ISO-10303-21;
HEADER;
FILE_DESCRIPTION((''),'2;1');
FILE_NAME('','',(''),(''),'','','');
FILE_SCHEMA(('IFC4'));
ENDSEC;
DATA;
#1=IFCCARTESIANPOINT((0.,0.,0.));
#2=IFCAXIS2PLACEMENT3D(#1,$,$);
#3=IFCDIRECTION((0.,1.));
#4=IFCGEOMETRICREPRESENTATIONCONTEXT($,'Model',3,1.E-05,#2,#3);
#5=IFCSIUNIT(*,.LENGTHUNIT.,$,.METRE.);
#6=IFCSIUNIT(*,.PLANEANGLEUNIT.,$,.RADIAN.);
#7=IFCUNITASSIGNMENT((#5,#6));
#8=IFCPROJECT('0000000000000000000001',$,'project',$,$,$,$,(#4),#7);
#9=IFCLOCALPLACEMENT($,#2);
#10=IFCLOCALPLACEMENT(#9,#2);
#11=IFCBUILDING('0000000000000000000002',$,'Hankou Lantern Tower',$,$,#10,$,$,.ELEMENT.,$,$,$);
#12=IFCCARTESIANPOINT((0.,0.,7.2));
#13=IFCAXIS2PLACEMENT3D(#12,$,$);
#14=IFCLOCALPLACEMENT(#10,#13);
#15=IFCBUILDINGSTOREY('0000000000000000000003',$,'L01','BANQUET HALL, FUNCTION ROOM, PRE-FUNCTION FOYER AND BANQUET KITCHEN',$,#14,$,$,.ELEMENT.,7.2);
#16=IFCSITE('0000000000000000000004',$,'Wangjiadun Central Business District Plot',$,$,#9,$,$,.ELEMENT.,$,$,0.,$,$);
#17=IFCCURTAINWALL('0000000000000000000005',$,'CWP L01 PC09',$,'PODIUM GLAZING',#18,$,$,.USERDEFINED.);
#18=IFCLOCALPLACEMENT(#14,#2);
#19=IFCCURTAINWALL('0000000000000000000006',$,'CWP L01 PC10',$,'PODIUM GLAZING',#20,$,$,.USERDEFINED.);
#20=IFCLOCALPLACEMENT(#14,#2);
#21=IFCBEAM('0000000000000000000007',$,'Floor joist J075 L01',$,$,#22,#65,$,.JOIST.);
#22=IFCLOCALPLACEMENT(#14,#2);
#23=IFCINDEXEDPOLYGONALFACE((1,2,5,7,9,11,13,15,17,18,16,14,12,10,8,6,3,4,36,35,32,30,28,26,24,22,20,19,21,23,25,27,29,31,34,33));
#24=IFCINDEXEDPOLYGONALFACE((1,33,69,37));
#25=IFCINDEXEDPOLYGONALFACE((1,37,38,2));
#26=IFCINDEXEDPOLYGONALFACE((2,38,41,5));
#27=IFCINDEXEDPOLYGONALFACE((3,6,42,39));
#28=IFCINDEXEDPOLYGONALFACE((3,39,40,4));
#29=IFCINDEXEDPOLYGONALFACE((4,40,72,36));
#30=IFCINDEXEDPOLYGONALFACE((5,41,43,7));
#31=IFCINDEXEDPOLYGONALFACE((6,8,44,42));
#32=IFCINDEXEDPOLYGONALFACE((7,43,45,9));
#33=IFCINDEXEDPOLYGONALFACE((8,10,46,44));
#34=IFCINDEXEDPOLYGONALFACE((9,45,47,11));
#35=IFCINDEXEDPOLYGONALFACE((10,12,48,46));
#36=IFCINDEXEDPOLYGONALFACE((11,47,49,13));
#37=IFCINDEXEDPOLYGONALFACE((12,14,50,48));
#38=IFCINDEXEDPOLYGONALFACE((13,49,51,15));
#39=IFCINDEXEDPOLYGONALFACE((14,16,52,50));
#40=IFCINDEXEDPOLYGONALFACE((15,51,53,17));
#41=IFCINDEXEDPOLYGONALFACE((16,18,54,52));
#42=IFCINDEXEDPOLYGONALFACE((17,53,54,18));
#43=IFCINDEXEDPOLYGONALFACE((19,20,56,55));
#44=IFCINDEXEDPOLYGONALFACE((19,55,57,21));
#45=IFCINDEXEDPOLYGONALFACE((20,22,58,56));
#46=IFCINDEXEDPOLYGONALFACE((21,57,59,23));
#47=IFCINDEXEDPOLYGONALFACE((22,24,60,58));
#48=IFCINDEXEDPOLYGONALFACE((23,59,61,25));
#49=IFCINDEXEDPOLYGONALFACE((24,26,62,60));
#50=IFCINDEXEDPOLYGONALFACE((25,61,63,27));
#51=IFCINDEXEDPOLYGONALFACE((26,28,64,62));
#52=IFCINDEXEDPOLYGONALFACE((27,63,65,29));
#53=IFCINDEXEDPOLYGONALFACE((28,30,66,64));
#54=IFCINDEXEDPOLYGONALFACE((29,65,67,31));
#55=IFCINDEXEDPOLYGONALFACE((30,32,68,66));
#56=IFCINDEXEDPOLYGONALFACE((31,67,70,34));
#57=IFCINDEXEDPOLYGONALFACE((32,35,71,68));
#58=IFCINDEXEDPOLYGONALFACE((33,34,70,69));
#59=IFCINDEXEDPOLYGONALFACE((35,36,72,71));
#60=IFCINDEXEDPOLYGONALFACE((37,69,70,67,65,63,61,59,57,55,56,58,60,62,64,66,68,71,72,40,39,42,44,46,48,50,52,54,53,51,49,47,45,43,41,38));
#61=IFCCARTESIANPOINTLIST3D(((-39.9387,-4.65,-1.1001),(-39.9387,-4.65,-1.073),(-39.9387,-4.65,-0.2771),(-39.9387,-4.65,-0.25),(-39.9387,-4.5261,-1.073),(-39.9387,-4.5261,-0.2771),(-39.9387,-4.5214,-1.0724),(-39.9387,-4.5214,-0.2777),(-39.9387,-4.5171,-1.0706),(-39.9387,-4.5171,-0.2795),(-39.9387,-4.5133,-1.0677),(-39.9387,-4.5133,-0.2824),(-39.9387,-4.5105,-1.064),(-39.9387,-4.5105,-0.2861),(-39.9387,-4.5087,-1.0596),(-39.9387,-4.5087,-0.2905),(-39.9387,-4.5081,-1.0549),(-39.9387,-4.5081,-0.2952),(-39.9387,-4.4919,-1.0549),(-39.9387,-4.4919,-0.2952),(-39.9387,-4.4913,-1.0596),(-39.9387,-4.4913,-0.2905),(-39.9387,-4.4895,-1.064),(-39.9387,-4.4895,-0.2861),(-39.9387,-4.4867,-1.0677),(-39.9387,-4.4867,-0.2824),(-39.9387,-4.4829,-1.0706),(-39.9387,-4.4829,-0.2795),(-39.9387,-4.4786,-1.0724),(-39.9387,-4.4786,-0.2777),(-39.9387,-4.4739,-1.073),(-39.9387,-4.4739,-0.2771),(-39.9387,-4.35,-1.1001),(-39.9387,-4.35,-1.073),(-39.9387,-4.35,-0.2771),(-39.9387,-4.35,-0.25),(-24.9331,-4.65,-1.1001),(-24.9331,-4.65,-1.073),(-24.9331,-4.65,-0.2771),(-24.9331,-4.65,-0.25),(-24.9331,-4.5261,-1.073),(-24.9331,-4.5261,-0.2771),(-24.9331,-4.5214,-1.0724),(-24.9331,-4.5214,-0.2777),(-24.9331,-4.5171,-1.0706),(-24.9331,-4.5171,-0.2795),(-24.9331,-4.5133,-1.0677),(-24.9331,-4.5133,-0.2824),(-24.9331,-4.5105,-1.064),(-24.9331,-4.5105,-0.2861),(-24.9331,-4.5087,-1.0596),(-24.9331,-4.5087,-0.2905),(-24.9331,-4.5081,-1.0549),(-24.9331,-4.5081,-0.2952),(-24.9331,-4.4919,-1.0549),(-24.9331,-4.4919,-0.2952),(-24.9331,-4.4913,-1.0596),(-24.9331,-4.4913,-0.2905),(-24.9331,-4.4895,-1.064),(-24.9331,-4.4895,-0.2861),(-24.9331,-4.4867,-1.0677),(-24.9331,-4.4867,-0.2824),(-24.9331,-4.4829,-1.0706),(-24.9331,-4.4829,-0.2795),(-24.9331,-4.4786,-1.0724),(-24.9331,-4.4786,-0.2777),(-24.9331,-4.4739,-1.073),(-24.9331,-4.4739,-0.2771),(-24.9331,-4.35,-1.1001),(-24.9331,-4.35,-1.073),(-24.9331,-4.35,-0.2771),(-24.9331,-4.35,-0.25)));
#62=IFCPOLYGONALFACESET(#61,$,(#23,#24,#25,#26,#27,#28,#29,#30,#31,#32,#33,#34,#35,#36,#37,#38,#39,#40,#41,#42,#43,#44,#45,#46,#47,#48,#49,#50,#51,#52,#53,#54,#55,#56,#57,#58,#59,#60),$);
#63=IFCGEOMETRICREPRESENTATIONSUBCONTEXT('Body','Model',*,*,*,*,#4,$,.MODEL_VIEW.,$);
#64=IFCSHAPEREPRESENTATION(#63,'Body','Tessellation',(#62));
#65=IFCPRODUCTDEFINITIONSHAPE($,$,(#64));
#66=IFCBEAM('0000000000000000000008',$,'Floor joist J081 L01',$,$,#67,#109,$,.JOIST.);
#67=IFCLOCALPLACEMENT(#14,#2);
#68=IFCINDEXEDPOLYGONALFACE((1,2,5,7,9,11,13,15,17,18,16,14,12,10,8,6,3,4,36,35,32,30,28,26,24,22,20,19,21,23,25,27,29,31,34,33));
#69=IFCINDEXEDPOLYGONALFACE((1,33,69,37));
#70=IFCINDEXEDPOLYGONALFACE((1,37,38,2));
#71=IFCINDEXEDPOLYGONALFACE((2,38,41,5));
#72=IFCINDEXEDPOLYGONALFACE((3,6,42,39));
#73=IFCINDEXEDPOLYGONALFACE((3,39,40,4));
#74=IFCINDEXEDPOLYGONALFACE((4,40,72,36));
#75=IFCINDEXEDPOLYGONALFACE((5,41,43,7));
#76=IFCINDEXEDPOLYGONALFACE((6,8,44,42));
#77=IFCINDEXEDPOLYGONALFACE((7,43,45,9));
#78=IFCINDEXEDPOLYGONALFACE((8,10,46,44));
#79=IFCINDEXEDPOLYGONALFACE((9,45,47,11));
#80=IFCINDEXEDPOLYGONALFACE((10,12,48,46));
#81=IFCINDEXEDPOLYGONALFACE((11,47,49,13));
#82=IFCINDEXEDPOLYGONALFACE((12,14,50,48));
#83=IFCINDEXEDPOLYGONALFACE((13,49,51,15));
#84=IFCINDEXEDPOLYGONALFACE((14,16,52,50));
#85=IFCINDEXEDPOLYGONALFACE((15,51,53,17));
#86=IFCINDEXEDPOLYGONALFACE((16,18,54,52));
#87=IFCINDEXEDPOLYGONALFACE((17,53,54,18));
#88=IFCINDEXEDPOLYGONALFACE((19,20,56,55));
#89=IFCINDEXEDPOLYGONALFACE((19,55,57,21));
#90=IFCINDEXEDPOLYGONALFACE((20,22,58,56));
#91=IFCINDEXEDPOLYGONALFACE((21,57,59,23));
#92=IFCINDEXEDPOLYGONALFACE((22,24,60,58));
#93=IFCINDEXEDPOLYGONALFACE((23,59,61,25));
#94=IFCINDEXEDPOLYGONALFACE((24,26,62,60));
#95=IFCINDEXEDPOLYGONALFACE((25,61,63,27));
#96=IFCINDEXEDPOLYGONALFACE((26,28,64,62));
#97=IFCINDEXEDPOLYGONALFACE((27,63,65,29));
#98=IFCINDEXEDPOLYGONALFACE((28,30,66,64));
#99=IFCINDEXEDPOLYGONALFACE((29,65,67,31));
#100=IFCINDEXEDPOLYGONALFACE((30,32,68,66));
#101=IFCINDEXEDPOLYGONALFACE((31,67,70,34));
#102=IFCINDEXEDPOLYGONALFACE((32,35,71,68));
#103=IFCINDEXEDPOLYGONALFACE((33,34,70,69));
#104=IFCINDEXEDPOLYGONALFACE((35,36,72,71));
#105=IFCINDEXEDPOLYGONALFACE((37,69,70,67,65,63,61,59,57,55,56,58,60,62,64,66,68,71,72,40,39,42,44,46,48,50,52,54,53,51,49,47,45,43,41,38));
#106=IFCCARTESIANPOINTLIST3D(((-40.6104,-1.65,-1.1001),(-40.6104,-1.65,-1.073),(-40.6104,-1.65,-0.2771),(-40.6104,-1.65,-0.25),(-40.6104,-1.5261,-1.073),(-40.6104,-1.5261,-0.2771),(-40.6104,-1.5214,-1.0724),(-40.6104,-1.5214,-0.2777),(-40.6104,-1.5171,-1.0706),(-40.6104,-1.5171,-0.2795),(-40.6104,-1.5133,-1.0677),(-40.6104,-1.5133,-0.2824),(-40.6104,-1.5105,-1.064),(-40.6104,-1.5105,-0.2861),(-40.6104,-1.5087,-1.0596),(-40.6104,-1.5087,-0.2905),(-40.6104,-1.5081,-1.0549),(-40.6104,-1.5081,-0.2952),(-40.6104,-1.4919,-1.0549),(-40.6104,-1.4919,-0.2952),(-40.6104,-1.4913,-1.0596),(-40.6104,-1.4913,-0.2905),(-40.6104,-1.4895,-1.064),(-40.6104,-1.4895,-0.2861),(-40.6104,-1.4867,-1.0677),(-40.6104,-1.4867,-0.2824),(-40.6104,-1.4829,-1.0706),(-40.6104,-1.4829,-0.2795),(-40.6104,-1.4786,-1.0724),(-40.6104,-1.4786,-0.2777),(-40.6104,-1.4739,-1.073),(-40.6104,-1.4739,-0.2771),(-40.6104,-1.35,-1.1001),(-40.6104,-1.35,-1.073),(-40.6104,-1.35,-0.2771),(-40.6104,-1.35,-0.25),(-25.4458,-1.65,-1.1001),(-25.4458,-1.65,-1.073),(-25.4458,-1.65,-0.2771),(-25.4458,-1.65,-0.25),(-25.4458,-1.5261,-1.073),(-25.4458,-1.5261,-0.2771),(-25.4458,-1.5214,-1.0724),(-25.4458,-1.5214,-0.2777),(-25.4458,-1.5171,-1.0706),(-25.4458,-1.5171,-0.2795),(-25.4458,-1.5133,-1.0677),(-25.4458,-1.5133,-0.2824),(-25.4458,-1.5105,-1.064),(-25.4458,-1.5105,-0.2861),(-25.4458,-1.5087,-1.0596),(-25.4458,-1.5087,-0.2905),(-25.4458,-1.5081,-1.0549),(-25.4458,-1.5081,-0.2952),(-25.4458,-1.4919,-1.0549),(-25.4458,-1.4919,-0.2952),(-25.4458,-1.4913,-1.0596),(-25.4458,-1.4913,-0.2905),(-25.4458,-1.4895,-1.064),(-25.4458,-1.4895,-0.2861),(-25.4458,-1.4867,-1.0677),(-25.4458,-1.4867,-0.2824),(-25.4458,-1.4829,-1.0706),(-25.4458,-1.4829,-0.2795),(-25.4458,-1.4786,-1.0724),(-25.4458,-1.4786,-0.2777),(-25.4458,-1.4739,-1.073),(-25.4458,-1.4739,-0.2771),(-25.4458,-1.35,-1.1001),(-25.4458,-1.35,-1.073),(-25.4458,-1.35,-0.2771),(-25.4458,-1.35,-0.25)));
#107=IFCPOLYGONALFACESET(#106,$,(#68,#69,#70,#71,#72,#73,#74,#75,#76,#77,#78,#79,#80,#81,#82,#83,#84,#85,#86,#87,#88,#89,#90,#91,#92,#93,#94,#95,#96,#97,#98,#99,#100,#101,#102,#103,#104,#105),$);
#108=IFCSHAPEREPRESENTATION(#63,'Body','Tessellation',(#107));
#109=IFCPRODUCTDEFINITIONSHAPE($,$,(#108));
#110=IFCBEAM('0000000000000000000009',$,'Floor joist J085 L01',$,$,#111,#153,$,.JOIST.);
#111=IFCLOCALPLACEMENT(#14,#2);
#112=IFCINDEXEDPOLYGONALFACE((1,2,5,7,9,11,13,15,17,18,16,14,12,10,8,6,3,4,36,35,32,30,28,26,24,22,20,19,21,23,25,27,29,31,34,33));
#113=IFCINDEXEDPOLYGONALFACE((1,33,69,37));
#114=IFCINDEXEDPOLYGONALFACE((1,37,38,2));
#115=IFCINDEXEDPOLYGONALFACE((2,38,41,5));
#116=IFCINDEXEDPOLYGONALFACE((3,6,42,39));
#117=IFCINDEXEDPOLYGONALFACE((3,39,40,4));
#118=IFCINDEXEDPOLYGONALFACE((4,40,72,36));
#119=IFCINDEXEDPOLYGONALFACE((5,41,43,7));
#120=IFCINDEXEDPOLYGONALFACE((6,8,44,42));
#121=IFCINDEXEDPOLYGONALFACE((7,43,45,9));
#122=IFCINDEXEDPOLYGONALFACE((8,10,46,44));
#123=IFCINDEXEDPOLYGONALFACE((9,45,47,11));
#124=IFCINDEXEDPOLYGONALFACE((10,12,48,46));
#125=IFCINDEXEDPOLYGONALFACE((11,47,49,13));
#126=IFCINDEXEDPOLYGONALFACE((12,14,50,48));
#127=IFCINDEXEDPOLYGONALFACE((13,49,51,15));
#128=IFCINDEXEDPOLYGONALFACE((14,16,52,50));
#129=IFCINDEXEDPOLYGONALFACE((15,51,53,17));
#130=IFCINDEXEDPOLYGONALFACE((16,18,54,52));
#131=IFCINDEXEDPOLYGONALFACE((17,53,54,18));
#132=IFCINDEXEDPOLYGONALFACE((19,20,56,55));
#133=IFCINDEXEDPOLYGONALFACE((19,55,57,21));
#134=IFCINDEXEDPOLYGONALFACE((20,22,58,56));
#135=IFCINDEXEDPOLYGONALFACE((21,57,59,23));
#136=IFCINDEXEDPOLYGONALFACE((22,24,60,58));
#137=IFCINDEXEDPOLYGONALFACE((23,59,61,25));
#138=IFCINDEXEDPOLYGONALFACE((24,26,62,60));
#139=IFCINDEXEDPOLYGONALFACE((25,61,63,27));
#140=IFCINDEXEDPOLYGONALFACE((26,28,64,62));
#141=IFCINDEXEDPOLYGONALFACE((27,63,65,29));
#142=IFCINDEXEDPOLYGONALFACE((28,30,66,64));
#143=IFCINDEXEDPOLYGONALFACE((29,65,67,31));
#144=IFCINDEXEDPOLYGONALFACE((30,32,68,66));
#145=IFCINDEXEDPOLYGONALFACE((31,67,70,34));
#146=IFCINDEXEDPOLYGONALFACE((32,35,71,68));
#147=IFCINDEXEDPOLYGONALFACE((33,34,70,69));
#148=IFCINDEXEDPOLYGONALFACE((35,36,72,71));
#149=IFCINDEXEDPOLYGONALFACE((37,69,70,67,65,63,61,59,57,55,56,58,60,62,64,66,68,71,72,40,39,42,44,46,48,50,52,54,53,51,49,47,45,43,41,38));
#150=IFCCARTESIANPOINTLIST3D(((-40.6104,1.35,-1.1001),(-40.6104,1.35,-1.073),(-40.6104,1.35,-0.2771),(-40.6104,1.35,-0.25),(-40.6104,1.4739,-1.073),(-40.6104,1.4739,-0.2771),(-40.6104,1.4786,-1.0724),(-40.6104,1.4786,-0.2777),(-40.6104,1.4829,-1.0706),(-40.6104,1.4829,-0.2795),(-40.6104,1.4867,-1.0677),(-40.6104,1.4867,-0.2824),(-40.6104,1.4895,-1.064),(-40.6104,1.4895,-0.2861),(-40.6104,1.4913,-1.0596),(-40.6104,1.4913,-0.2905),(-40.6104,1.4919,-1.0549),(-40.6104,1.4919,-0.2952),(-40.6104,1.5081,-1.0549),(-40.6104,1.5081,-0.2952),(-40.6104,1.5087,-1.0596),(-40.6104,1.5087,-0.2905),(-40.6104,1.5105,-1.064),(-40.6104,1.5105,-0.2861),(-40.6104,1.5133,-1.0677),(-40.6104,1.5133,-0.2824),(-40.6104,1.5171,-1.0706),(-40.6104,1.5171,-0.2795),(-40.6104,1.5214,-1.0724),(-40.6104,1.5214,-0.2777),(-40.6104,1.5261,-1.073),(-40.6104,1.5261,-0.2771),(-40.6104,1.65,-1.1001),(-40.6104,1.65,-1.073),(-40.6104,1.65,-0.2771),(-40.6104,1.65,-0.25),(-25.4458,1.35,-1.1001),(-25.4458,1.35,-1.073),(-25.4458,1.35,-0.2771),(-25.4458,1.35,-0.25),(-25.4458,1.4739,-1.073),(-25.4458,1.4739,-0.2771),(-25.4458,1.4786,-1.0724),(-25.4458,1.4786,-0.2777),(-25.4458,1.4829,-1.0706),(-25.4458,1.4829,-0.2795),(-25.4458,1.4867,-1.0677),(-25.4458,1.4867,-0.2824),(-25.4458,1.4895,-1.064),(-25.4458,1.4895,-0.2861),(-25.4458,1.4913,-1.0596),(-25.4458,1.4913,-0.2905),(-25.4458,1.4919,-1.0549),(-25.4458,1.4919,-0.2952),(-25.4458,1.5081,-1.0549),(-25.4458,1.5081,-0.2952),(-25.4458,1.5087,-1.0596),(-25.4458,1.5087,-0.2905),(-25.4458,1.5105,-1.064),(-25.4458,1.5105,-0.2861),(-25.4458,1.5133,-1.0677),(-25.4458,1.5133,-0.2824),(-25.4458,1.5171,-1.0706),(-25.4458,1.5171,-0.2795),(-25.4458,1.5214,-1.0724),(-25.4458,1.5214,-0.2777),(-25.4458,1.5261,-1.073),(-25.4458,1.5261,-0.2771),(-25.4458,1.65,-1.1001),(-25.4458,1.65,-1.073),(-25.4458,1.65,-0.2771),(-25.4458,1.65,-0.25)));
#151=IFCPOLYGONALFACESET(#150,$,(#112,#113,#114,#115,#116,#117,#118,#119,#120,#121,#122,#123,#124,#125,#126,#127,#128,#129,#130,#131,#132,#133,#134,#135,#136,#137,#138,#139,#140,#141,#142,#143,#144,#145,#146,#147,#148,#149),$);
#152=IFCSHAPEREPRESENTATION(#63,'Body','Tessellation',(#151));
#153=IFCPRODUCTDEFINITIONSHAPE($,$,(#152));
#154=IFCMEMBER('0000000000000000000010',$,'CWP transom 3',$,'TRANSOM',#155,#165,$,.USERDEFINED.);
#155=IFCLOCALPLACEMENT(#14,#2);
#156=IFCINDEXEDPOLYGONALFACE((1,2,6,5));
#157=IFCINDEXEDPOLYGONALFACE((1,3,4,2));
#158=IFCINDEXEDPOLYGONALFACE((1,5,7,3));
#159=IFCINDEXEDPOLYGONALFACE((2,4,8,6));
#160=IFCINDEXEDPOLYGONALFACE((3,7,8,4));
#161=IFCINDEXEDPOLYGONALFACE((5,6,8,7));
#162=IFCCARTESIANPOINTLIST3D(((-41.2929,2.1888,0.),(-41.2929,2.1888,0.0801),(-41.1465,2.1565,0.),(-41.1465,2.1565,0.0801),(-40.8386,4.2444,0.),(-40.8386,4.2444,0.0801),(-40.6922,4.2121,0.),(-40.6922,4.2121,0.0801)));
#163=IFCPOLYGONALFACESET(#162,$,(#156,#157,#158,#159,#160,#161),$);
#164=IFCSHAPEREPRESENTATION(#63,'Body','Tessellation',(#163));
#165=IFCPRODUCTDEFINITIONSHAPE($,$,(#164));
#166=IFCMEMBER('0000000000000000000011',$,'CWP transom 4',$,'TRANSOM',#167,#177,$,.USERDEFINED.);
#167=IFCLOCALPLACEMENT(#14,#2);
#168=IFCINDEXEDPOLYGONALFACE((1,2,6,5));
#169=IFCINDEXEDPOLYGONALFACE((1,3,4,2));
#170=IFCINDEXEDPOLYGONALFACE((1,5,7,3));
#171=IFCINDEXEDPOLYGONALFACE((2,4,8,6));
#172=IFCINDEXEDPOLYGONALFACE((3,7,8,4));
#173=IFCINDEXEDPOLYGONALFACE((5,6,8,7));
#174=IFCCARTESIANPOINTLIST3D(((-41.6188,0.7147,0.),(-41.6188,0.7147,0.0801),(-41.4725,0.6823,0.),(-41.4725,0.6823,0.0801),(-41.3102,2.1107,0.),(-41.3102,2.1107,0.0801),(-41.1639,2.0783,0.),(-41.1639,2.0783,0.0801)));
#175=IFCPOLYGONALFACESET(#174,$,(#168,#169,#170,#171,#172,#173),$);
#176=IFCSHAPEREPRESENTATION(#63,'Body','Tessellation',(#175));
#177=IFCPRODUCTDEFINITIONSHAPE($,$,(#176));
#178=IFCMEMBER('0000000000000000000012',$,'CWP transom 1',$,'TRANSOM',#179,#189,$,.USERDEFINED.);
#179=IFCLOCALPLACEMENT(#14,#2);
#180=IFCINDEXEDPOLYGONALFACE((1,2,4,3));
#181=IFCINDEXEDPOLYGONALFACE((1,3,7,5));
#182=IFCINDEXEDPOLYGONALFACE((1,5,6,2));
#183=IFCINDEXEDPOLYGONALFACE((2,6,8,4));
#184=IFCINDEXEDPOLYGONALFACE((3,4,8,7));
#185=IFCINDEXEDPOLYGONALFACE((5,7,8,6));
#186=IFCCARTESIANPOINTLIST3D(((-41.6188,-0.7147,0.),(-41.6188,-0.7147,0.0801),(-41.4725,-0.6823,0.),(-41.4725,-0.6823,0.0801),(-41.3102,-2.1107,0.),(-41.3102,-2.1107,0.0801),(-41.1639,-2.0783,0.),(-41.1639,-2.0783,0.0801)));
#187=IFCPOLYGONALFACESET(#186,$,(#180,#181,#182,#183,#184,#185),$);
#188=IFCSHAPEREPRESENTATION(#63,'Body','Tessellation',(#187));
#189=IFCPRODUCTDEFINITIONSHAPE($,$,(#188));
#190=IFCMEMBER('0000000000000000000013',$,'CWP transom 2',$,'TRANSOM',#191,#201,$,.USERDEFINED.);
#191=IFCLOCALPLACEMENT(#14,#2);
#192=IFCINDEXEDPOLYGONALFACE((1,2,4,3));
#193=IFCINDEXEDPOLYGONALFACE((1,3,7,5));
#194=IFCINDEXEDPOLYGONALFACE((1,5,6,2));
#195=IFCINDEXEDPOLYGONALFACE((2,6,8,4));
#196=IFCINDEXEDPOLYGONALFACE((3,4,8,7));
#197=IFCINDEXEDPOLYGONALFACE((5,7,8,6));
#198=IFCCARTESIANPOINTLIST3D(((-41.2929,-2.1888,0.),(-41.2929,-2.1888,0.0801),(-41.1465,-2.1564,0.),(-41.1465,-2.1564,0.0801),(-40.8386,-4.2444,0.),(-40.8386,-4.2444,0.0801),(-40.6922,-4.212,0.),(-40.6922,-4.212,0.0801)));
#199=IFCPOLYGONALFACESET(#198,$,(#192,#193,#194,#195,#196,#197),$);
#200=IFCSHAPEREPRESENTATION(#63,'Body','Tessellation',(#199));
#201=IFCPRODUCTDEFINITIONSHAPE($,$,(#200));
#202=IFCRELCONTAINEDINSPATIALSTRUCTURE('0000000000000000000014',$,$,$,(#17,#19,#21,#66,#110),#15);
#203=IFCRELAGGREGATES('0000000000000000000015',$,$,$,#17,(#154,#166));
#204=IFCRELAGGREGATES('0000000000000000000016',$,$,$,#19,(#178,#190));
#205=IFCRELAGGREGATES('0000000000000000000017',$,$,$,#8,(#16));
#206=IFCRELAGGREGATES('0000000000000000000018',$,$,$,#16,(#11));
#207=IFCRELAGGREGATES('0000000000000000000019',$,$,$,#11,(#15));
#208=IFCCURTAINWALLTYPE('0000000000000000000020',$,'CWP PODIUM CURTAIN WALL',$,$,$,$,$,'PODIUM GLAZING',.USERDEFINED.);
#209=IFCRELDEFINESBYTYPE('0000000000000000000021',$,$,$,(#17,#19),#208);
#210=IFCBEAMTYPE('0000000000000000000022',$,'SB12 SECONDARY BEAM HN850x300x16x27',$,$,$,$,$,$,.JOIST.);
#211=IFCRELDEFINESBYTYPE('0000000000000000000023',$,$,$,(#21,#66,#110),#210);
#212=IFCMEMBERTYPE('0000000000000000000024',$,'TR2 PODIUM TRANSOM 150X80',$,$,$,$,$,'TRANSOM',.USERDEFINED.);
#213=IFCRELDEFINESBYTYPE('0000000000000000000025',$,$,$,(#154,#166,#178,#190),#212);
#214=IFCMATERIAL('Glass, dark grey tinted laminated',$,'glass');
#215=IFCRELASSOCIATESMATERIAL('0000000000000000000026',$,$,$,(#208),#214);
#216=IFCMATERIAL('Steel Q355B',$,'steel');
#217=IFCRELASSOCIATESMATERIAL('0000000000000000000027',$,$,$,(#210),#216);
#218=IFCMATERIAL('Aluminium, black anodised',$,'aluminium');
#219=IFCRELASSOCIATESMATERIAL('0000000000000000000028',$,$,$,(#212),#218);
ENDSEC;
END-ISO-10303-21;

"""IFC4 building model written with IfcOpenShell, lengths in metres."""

from ifc_helpers import new_model, si_unit, direction, frame, origin, origin_2d, place, context, subcontext, project, spatial, rectangle, i_section, extrude, material, material_profile, profile_set, type_object, element, aggregate, save


model = new_model("IFC4")

# Units and contexts
model_context = context("Model", 3, precision=1e-05, world=origin(), true_north=direction((0.0, 1.0)))
body_context = subcontext(model_context, "Body", "Model", "MODEL_VIEW")
ifc_project = project(units=[si_unit("LENGTHUNIT", "METRE"), si_unit("PLANEANGLEUNIT", "RADIAN")], contexts=[model_context])

# Site, building, storey
site_placement = place(None, origin())
site = spatial("IfcSite", under=ifc_project, at=site_placement, Name="Wangjiadun Central Business District Plot", CompositionType="ELEMENT", RefElevation=0.0)
building_placement = place(site_placement, origin())
building = spatial("IfcBuilding", under=site, at=building_placement, Name="Hankou Lantern Tower", CompositionType="ELEMENT")
storey_placement = place(building_placement, frame((0.0, 0.0, 7.2)))
storey = spatial("IfcBuildingStorey", under=building, at=storey_placement, Name="L01", Description="BANQUET HALL, FUNCTION ROOM, PRE-FUNCTION FOYER AND BANQUET KITCHEN", CompositionType="ELEMENT", Elevation=7.2)

# Curtain walls
ifc_material_1 = material(Name="Glass, dark grey tinted laminated", Category="glass")
curtain_wall_type = type_object("IfcCurtainWallType", Name="CWP PODIUM CURTAIN WALL", ElementType="PODIUM GLAZING", PredefinedType="USERDEFINED", material=ifc_material_1)
curtain_wall_1_placement = place(storey_placement, origin())
curtain_wall_1 = element("IfcCurtainWall", 1, at=curtain_wall_1_placement, inside=storey, type_object=curtain_wall_type, Name="CWP L01 PC09", ObjectType="PODIUM GLAZING", PredefinedType="USERDEFINED")
curtain_wall_2_placement = place(storey_placement, origin())
curtain_wall_2 = element("IfcCurtainWall", 2, at=curtain_wall_2_placement, inside=storey, type_object=curtain_wall_type, Name="CWP L01 PC10", ObjectType="PODIUM GLAZING", PredefinedType="USERDEFINED")

# Beams
ifc_material_2 = material(Name="Steel Q355B", Category="steel")
ifc_material_profile_1 = material_profile(ifc_material_2, i_section(OverallWidth=0.3, OverallDepth=0.8501, WebThickness=0.0161, FlangeThickness=0.0271, FilletRadius=0.0181, at=origin_2d()), Name="HN850x300x16x27")
ifc_profile_set_1 = profile_set([ifc_material_profile_1], Name="Steel Q355B")
beam_type_1 = type_object("IfcBeamType", Name="SB12 SECONDARY BEAM HN850x300x16x27", PredefinedType="JOIST", material=ifc_profile_set_1)
beam_1_placement = place(storey_placement, frame((-39.9387, -4.5, -0.675), z_axis=(1.0, 0.0, 0.0), x_axis=(0.0, 1.0, 0.0)))
element("IfcBeam", 3, at=beam_1_placement, inside=storey, type_object=beam_type_1, Name="Floor joist J075 L01", PredefinedType="JOIST", context=body_context, shape_type="SweptSolid", body=[
    extrude(i_section(OverallWidth=0.3, OverallDepth=0.8501, WebThickness=0.0161, FlangeThickness=0.0271, FilletRadius=0.0181, at=origin_2d()), origin(), (0.0, 0.0, 1.0), 15.0056),
])
for number, where, z_axis, x_axis, name in (
    (4, (-40.6104, -1.5, -0.675), (1.0, 0.0, 0.0), (0.0, 1.0, 0.0), "Floor joist J081 L01"),
    (5, (-40.6104, 1.5, -0.675), (1.0, 0.0, 0.0), (0.0, 1.0, 0.0), "Floor joist J085 L01"),
):
    element("IfcBeam", number, at=place(storey_placement, frame(where, z_axis=z_axis, x_axis=x_axis)), inside=storey, type_object=beam_type_1, Name=name, PredefinedType="JOIST", context=body_context, shape_type="SweptSolid", body=[
        extrude(i_section(OverallWidth=0.3, OverallDepth=0.8501, WebThickness=0.0161, FlangeThickness=0.0271, FilletRadius=0.0181, at=origin_2d()), origin(), (0.0, 0.0, 1.0), 15.1646),
    ])

# Members
ifc_material_3 = material(Name="Aluminium, black anodised", Category="aluminium")
ifc_material_profile_2 = material_profile(ifc_material_3, rectangle(XDim=0.1499, YDim=0.0801, at=origin_2d()), Name="TR2 150X80")
ifc_profile_set_2 = profile_set([ifc_material_profile_2], Name="Aluminium, black anodised")
member_type_1 = type_object("IfcMemberType", Name="TR2 PODIUM TRANSOM 150X80", ElementType="TRANSOM", PredefinedType="USERDEFINED", material=ifc_profile_set_2)
member_1_placement = place(storey_placement, frame((-40.7654, 4.2283, 0.04), z_axis=(-0.215813, -0.976435, 0.0), x_axis=(0.976435, -0.215813, 0.0)))
member_1 = element("IfcMember", 6, at=member_1_placement, type_object=member_type_1, Name="CWP transom 3", ObjectType="TRANSOM", PredefinedType="USERDEFINED", context=body_context, shape_type="SweptSolid", body=[
    extrude(rectangle(XDim=0.1499, YDim=0.0801, at=origin_2d()), origin(), (0.0, 0.0, 1.0), 2.1052),
])
member_2_placement = place(storey_placement, frame((-41.2371, 2.0945, 0.04), z_axis=(-0.215845, -0.976428, 0.0), x_axis=(0.976428, -0.215845, 0.0)))
member_2 = element("IfcMember", 7, at=member_2_placement, type_object=member_type_1, Name="CWP transom 4", ObjectType="TRANSOM", PredefinedType="USERDEFINED", context=body_context, shape_type="SweptSolid", body=[
    extrude(rectangle(XDim=0.1499, YDim=0.0801, at=origin_2d()), origin(), (0.0, 0.0, 1.0), 1.4297),
])
member_3_placement = place(storey_placement, frame((-41.5457, -0.6985, 0.04), z_axis=(0.215845, -0.976428, 0.0), x_axis=(0.976428, 0.215845, 0.0)))
member_3 = element("IfcMember", 8, at=member_3_placement, type_object=member_type_1, Name="CWP transom 1", ObjectType="TRANSOM", PredefinedType="USERDEFINED", context=body_context, shape_type="SweptSolid", body=[
    extrude(rectangle(XDim=0.1499, YDim=0.0801, at=origin_2d()), origin(), (0.0, 0.0, 1.0), 1.4297),
])
member_4_placement = place(storey_placement, frame((-41.2197, -2.1726, 0.04), z_axis=(0.215813, -0.976435, 0.0), x_axis=(0.976435, 0.215813, 0.0)))
member_4 = element("IfcMember", 9, at=member_4_placement, type_object=member_type_1, Name="CWP transom 2", ObjectType="TRANSOM", PredefinedType="USERDEFINED", context=body_context, shape_type="SweptSolid", body=[
    extrude(rectangle(XDim=0.1499, YDim=0.0801, at=origin_2d()), origin(), (0.0, 0.0, 1.0), 2.1052),
])

aggregate(curtain_wall_1, [member_1, member_2])
aggregate(curtain_wall_2, [member_3, member_4])

save(model, "model.ifc")
